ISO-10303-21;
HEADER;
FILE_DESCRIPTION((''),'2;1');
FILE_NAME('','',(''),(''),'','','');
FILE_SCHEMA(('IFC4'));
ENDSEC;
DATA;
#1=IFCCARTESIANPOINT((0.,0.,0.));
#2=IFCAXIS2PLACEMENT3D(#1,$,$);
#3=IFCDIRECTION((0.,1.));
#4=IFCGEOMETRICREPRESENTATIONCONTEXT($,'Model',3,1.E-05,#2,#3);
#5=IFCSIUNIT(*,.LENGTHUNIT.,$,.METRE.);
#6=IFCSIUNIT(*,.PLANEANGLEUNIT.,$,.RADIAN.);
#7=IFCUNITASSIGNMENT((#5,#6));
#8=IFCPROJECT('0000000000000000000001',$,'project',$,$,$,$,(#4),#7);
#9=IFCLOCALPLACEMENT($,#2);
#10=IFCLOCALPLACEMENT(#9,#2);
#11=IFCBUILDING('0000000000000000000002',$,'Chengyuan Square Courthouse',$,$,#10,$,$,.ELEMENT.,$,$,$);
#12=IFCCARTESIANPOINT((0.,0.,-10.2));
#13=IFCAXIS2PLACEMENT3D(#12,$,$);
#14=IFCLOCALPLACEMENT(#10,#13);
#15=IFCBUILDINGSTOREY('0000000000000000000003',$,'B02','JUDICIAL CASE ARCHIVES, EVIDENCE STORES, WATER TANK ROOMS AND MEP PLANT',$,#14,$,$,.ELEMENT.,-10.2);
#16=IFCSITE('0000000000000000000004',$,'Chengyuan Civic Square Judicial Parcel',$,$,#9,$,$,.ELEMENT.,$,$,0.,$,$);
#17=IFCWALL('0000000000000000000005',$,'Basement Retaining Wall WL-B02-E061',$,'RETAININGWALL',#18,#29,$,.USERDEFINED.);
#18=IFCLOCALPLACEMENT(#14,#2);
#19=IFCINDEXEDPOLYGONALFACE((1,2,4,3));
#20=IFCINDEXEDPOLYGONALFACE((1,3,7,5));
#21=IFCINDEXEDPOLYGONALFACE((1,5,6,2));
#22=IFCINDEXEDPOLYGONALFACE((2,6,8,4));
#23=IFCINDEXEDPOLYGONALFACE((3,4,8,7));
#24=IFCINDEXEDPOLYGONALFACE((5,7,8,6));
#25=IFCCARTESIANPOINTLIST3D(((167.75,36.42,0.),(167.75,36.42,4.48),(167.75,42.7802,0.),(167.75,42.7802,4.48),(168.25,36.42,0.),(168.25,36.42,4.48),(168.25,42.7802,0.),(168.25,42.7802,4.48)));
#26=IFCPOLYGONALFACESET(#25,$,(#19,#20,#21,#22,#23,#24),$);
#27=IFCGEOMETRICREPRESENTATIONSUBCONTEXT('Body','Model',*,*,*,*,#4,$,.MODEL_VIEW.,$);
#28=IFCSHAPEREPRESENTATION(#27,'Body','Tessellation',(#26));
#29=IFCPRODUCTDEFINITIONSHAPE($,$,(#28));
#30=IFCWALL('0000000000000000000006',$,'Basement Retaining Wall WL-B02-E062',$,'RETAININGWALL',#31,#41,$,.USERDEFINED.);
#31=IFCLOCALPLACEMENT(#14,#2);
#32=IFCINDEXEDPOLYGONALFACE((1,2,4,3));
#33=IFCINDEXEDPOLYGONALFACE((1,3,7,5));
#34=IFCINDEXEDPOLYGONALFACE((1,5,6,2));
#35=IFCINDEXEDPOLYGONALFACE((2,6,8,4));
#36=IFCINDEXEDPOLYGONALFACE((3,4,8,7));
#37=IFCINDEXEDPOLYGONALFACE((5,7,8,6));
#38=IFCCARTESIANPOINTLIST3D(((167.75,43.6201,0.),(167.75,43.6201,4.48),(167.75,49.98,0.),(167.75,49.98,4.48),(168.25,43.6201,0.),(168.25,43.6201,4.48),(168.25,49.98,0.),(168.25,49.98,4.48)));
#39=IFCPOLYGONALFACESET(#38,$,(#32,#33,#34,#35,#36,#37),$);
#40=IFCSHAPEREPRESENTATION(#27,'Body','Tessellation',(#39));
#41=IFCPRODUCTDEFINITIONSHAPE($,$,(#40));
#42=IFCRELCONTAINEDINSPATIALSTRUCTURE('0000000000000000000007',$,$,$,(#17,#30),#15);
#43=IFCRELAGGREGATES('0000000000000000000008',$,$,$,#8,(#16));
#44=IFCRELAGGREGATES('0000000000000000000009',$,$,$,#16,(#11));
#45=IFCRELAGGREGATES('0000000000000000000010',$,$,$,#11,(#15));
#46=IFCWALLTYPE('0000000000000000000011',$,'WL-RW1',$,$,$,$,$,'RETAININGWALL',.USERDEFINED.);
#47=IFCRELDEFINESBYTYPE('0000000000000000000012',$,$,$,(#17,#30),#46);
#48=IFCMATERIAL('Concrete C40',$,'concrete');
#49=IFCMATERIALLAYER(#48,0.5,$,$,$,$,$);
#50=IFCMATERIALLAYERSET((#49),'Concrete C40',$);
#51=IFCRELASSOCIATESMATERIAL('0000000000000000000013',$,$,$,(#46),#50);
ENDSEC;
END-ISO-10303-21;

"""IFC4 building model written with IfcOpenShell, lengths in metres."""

from ifc_helpers import new_model, si_unit, direction, frame, frame_2d, origin, place, context, subcontext, project, spatial, rectangle, extrude, material, layer, layer_set, type_object, element, save


model = new_model("IFC4")

# Units and contexts
model_context = context("Model", 3, precision=1e-05, world=origin(), true_north=direction((0.0, 1.0)))
body_context = subcontext(model_context, "Body", "Model", "MODEL_VIEW")
ifc_project = project(units=[si_unit("LENGTHUNIT", "METRE"), si_unit("PLANEANGLEUNIT", "RADIAN")], contexts=[model_context])

# Site, building, storey
site_placement = place(None, origin())
site = spatial("IfcSite", under=ifc_project, at=site_placement, Name="Chengyuan Civic Square Judicial Parcel", CompositionType="ELEMENT", RefElevation=0.0)
building_placement = place(site_placement, origin())
building = spatial("IfcBuilding", under=site, at=building_placement, Name="Chengyuan Square Courthouse", CompositionType="ELEMENT")
storey_placement = place(building_placement, frame((0.0, 0.0, -10.2)))
storey = spatial("IfcBuildingStorey", under=building, at=storey_placement, Name="B02", Description="JUDICIAL CASE ARCHIVES, EVIDENCE STORES, WATER TANK ROOMS AND MEP PLANT", CompositionType="ELEMENT", Elevation=-10.2)

# Shared definitions
ifc_material_1 = material(Name="Concrete C40", Category="concrete")

# Walls
ifc_layer_1 = layer(ifc_material_1, 0.5)
ifc_layer_set_1 = layer_set([ifc_layer_1], Name="Concrete C40")
wall_type_1 = type_object("IfcWallType", Name="WL-RW1", ElementType="RETAININGWALL", PredefinedType="USERDEFINED", material=ifc_layer_set_1)
wall_1_placement = place(storey_placement, frame((168.0, 36.4199, 0.0), z_axis=(0.0, 0.0, 1.0), x_axis=(0.0, 1.0, 0.0)))
element("IfcWall", 1, at=wall_1_placement, inside=storey, type_object=wall_type_1, Name="Basement Retaining Wall WL-B02-E061", ObjectType="RETAININGWALL", PredefinedType="USERDEFINED", context=body_context, shape_type="SweptSolid", body=[
    extrude(rectangle(XDim=6.3601, YDim=0.5, at=frame_2d((3.1802, 0.0))), origin(), (0.0, 0.0, 1.0), 4.48),
])
wall_2_placement = place(storey_placement, frame((168.0, 43.6201, 0.0), z_axis=(0.0, 0.0, 1.0), x_axis=(0.0, 1.0, 0.0)))
element("IfcWall", 2, at=wall_2_placement, inside=storey, type_object=wall_type_1, Name="Basement Retaining Wall WL-B02-E062", ObjectType="RETAININGWALL", PredefinedType="USERDEFINED", context=body_context, shape_type="SweptSolid", body=[
    extrude(rectangle(XDim=6.3599, YDim=0.5, at=frame_2d((3.1799, 0.0))), origin(), (0.0, 0.0, 1.0), 4.48),
])

save(model, "model.ifc")
